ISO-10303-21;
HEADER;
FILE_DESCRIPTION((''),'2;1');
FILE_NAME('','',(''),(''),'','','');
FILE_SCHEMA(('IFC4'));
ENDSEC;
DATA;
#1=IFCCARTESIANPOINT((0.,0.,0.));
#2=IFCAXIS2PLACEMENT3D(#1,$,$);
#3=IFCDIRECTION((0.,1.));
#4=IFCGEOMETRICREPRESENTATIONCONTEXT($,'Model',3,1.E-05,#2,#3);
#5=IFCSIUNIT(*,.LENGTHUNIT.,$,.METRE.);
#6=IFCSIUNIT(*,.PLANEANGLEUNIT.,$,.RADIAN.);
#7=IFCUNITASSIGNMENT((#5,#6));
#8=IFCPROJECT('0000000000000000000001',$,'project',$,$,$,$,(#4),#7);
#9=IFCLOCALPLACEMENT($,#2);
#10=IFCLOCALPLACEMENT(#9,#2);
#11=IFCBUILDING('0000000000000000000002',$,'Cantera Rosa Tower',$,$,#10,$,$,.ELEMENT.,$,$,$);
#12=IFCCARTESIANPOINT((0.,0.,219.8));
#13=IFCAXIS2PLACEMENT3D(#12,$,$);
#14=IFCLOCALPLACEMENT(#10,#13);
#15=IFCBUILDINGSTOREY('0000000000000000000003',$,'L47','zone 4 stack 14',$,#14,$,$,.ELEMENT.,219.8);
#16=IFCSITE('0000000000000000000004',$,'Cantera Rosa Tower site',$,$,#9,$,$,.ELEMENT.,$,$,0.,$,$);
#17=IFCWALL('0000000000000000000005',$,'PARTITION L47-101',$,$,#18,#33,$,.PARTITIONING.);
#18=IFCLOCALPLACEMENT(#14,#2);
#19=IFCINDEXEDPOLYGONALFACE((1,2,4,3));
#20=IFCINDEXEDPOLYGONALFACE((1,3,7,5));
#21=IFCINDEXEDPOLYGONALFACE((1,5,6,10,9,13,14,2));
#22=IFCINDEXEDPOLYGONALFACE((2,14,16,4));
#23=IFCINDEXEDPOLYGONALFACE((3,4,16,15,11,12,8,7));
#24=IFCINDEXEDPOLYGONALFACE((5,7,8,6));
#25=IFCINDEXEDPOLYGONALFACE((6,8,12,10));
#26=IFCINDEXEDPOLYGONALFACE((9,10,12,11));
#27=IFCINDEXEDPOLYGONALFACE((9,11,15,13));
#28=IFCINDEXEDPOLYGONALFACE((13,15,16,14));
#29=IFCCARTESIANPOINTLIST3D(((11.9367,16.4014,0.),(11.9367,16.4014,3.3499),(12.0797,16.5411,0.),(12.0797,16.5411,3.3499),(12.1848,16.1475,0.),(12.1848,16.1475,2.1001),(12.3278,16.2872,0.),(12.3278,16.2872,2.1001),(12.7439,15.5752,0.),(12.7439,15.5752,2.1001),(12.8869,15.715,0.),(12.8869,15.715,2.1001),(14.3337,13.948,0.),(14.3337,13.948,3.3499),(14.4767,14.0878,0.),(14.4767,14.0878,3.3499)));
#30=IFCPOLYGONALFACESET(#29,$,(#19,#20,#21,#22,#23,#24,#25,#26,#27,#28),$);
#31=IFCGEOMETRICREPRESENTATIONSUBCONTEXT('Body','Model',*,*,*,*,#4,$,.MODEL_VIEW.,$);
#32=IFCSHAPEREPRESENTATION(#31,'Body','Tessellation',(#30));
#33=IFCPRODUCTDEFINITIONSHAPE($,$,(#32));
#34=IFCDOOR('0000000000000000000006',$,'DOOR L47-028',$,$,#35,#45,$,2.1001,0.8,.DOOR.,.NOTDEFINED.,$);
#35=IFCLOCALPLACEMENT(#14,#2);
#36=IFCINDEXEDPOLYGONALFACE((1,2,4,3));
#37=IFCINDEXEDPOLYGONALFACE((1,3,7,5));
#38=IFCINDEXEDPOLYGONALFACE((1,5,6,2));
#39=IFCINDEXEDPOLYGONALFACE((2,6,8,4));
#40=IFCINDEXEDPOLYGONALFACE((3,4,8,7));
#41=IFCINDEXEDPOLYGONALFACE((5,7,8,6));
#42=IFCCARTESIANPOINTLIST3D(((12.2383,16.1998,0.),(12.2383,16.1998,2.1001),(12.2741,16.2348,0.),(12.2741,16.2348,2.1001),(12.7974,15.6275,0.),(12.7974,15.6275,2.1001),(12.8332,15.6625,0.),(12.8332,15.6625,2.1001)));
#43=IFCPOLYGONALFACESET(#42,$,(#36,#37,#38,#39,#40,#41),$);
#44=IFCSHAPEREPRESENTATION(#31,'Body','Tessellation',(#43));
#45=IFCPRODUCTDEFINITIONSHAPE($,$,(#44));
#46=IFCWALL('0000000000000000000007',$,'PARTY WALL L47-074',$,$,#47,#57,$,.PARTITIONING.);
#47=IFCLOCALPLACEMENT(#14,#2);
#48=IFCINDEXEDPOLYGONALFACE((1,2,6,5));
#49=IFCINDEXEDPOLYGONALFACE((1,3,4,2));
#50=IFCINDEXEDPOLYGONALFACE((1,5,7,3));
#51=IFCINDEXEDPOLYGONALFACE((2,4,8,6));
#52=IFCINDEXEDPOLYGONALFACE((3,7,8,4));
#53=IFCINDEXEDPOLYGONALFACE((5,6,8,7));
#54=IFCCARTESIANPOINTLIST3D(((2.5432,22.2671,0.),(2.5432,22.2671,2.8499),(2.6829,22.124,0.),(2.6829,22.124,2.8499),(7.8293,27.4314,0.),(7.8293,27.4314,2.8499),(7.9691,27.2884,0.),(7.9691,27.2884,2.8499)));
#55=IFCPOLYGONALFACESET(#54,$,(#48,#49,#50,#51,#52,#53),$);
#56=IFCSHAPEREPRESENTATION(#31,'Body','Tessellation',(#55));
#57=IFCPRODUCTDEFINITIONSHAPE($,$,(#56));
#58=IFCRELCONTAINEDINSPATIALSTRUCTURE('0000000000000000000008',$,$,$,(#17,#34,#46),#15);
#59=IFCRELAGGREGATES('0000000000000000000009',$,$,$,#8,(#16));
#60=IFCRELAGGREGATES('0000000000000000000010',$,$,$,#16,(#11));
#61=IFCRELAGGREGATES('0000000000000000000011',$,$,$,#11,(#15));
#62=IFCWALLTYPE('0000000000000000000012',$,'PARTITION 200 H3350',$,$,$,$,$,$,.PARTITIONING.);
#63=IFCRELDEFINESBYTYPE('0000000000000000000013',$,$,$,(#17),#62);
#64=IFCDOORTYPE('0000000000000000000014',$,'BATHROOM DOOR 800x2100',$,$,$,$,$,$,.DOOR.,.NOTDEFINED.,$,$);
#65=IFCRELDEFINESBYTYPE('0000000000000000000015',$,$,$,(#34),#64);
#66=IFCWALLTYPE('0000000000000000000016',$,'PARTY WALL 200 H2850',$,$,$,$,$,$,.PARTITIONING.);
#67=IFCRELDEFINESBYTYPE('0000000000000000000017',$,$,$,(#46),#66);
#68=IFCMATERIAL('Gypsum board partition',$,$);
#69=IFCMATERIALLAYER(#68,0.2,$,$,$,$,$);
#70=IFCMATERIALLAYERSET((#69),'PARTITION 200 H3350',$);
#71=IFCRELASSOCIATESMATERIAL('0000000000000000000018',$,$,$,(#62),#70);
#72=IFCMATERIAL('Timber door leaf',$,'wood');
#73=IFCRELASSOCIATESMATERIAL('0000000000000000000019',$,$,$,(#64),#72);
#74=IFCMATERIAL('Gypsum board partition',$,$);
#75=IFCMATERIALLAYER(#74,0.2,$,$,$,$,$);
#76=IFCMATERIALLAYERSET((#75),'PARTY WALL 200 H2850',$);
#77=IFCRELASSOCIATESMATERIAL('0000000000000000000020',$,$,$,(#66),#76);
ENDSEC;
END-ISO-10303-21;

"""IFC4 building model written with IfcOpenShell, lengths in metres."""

from ifc_helpers import new_model, si_unit, direction, frame, frame_2d, origin, place, context, subcontext, project, spatial, rectangle, extrude, material, layer, layer_set, type_object, element, fill, save


model = new_model("IFC4")

# Units and contexts
model_context = context("Model", 3, precision=1e-05, world=origin(), true_north=direction((0.0, 1.0)))
body_context = subcontext(model_context, "Body", "Model", "MODEL_VIEW")
ifc_project = project(units=[si_unit("LENGTHUNIT", "METRE"), si_unit("PLANEANGLEUNIT", "RADIAN")], contexts=[model_context])

# Site, building, storey
site_placement = place(None, origin())
site = spatial("IfcSite", under=ifc_project, at=site_placement, Name="Cantera Rosa Tower site", CompositionType="ELEMENT", RefElevation=0.0)
building_placement = place(site_placement, origin())
building = spatial("IfcBuilding", under=site, at=building_placement, Name="Cantera Rosa Tower", CompositionType="ELEMENT")
storey_placement = place(building_placement, frame((0.0, 0.0, 219.8)))
storey = spatial("IfcBuildingStorey", under=building, at=storey_placement, Name="L47", Description="zone 4 stack 14", CompositionType="ELEMENT", Elevation=219.8)

# Shared definitions
ifc_material_1 = material(Name="Gypsum board partition")
ifc_layer_1 = layer(ifc_material_1, 0.2)
ifc_layer_set_1 = layer_set([ifc_layer_1], Name="PARTITION 200 H3350")
wall_type_1 = type_object("IfcWallType", Name="PARTITION 200 H3350", PredefinedType="PARTITIONING", material=ifc_layer_set_1)

# Wall, opening, door
wall_1_placement = place(storey_placement, frame((12.0083, 16.4712, 0.0), z_axis=(0.0, 0.0, 1.0), x_axis=(0.698838, -0.71528, 0.0)))
wall_1 = element("IfcWall", 1, at=wall_1_placement, inside=storey, type_object=wall_type_1, Name="PARTITION L47-101", PredefinedType="PARTITIONING", context=body_context, shape_type="SweptSolid", body=[
    extrude(rectangle(XDim=3.4299, YDim=0.2, at=frame_2d((1.7148, 0.0))), origin(), (0.0, 0.0, 1.0), 3.3499),
])
opening_1_placement = place(wall_1_placement, frame((0.355, 0.0, 0.0)))
opening_1 = element("IfcOpeningElement", 2, at=opening_1_placement, cuts=wall_1, PredefinedType="OPENING", context=body_context, shape_type="SweptSolid", body=[
    extrude(rectangle(XDim=0.8, YDim=2.1001, at=frame_2d((0.3999, 1.05))), frame((0.0, 0.1099, 0.0), z_axis=(0.0, -1.0, 0.0), x_axis=(1.0, 0.0, 0.0)), (0.0, 0.0, 1.0), 0.22),
])
ifc_material_2 = material(Name="Timber door leaf", Category="wood")
door_type_1 = type_object("IfcDoorType", Name="BATHROOM DOOR 800x2100", OperationType="NOTDEFINED", PredefinedType="DOOR", material=ifc_material_2)
door_1_placement = place(opening_1_placement, origin())
door_1 = element("IfcDoor", 3, at=door_1_placement, inside=storey, type_object=door_type_1, Name="DOOR L47-028", OperationType="NOTDEFINED", OverallHeight=2.1001, OverallWidth=0.8, PredefinedType="DOOR", context=body_context, shape_type="SweptSolid", body=[
    extrude(rectangle(XDim=0.8, YDim=2.1001, at=frame_2d((0.3999, 1.05))), frame((0.0, 0.0249, 0.0), z_axis=(0.0, -1.0, 0.0), x_axis=(1.0, 0.0, 0.0)), (0.0, 0.0, 1.0), 0.05),
])
fill(opening_1, door_1)

# Wall
ifc_material_3 = material(Name="Gypsum board partition")
ifc_layer_2 = layer(ifc_material_3, 0.2)
ifc_layer_set_2 = layer_set([ifc_layer_2], Name="PARTY WALL 200 H2850")
wall_type_2 = type_object("IfcWallType", Name="PARTY WALL 200 H2850", PredefinedType="PARTITIONING", material=ifc_layer_set_2)
wall_2_placement = place(storey_placement, frame((2.613, 22.1956, 0.0), z_axis=(0.0, 0.0, 1.0), x_axis=(0.715301, 0.698816, 0.0)))
element("IfcWall", 4, at=wall_2_placement, inside=storey, type_object=wall_type_2, Name="PARTY WALL L47-074", PredefinedType="PARTITIONING", context=body_context, shape_type="SweptSolid", body=[
    extrude(rectangle(XDim=7.3901, YDim=0.2, at=frame_2d((3.6951, 0.0))), origin(), (0.0, 0.0, 1.0), 2.8499),
])

save(model, "model.ifc")
